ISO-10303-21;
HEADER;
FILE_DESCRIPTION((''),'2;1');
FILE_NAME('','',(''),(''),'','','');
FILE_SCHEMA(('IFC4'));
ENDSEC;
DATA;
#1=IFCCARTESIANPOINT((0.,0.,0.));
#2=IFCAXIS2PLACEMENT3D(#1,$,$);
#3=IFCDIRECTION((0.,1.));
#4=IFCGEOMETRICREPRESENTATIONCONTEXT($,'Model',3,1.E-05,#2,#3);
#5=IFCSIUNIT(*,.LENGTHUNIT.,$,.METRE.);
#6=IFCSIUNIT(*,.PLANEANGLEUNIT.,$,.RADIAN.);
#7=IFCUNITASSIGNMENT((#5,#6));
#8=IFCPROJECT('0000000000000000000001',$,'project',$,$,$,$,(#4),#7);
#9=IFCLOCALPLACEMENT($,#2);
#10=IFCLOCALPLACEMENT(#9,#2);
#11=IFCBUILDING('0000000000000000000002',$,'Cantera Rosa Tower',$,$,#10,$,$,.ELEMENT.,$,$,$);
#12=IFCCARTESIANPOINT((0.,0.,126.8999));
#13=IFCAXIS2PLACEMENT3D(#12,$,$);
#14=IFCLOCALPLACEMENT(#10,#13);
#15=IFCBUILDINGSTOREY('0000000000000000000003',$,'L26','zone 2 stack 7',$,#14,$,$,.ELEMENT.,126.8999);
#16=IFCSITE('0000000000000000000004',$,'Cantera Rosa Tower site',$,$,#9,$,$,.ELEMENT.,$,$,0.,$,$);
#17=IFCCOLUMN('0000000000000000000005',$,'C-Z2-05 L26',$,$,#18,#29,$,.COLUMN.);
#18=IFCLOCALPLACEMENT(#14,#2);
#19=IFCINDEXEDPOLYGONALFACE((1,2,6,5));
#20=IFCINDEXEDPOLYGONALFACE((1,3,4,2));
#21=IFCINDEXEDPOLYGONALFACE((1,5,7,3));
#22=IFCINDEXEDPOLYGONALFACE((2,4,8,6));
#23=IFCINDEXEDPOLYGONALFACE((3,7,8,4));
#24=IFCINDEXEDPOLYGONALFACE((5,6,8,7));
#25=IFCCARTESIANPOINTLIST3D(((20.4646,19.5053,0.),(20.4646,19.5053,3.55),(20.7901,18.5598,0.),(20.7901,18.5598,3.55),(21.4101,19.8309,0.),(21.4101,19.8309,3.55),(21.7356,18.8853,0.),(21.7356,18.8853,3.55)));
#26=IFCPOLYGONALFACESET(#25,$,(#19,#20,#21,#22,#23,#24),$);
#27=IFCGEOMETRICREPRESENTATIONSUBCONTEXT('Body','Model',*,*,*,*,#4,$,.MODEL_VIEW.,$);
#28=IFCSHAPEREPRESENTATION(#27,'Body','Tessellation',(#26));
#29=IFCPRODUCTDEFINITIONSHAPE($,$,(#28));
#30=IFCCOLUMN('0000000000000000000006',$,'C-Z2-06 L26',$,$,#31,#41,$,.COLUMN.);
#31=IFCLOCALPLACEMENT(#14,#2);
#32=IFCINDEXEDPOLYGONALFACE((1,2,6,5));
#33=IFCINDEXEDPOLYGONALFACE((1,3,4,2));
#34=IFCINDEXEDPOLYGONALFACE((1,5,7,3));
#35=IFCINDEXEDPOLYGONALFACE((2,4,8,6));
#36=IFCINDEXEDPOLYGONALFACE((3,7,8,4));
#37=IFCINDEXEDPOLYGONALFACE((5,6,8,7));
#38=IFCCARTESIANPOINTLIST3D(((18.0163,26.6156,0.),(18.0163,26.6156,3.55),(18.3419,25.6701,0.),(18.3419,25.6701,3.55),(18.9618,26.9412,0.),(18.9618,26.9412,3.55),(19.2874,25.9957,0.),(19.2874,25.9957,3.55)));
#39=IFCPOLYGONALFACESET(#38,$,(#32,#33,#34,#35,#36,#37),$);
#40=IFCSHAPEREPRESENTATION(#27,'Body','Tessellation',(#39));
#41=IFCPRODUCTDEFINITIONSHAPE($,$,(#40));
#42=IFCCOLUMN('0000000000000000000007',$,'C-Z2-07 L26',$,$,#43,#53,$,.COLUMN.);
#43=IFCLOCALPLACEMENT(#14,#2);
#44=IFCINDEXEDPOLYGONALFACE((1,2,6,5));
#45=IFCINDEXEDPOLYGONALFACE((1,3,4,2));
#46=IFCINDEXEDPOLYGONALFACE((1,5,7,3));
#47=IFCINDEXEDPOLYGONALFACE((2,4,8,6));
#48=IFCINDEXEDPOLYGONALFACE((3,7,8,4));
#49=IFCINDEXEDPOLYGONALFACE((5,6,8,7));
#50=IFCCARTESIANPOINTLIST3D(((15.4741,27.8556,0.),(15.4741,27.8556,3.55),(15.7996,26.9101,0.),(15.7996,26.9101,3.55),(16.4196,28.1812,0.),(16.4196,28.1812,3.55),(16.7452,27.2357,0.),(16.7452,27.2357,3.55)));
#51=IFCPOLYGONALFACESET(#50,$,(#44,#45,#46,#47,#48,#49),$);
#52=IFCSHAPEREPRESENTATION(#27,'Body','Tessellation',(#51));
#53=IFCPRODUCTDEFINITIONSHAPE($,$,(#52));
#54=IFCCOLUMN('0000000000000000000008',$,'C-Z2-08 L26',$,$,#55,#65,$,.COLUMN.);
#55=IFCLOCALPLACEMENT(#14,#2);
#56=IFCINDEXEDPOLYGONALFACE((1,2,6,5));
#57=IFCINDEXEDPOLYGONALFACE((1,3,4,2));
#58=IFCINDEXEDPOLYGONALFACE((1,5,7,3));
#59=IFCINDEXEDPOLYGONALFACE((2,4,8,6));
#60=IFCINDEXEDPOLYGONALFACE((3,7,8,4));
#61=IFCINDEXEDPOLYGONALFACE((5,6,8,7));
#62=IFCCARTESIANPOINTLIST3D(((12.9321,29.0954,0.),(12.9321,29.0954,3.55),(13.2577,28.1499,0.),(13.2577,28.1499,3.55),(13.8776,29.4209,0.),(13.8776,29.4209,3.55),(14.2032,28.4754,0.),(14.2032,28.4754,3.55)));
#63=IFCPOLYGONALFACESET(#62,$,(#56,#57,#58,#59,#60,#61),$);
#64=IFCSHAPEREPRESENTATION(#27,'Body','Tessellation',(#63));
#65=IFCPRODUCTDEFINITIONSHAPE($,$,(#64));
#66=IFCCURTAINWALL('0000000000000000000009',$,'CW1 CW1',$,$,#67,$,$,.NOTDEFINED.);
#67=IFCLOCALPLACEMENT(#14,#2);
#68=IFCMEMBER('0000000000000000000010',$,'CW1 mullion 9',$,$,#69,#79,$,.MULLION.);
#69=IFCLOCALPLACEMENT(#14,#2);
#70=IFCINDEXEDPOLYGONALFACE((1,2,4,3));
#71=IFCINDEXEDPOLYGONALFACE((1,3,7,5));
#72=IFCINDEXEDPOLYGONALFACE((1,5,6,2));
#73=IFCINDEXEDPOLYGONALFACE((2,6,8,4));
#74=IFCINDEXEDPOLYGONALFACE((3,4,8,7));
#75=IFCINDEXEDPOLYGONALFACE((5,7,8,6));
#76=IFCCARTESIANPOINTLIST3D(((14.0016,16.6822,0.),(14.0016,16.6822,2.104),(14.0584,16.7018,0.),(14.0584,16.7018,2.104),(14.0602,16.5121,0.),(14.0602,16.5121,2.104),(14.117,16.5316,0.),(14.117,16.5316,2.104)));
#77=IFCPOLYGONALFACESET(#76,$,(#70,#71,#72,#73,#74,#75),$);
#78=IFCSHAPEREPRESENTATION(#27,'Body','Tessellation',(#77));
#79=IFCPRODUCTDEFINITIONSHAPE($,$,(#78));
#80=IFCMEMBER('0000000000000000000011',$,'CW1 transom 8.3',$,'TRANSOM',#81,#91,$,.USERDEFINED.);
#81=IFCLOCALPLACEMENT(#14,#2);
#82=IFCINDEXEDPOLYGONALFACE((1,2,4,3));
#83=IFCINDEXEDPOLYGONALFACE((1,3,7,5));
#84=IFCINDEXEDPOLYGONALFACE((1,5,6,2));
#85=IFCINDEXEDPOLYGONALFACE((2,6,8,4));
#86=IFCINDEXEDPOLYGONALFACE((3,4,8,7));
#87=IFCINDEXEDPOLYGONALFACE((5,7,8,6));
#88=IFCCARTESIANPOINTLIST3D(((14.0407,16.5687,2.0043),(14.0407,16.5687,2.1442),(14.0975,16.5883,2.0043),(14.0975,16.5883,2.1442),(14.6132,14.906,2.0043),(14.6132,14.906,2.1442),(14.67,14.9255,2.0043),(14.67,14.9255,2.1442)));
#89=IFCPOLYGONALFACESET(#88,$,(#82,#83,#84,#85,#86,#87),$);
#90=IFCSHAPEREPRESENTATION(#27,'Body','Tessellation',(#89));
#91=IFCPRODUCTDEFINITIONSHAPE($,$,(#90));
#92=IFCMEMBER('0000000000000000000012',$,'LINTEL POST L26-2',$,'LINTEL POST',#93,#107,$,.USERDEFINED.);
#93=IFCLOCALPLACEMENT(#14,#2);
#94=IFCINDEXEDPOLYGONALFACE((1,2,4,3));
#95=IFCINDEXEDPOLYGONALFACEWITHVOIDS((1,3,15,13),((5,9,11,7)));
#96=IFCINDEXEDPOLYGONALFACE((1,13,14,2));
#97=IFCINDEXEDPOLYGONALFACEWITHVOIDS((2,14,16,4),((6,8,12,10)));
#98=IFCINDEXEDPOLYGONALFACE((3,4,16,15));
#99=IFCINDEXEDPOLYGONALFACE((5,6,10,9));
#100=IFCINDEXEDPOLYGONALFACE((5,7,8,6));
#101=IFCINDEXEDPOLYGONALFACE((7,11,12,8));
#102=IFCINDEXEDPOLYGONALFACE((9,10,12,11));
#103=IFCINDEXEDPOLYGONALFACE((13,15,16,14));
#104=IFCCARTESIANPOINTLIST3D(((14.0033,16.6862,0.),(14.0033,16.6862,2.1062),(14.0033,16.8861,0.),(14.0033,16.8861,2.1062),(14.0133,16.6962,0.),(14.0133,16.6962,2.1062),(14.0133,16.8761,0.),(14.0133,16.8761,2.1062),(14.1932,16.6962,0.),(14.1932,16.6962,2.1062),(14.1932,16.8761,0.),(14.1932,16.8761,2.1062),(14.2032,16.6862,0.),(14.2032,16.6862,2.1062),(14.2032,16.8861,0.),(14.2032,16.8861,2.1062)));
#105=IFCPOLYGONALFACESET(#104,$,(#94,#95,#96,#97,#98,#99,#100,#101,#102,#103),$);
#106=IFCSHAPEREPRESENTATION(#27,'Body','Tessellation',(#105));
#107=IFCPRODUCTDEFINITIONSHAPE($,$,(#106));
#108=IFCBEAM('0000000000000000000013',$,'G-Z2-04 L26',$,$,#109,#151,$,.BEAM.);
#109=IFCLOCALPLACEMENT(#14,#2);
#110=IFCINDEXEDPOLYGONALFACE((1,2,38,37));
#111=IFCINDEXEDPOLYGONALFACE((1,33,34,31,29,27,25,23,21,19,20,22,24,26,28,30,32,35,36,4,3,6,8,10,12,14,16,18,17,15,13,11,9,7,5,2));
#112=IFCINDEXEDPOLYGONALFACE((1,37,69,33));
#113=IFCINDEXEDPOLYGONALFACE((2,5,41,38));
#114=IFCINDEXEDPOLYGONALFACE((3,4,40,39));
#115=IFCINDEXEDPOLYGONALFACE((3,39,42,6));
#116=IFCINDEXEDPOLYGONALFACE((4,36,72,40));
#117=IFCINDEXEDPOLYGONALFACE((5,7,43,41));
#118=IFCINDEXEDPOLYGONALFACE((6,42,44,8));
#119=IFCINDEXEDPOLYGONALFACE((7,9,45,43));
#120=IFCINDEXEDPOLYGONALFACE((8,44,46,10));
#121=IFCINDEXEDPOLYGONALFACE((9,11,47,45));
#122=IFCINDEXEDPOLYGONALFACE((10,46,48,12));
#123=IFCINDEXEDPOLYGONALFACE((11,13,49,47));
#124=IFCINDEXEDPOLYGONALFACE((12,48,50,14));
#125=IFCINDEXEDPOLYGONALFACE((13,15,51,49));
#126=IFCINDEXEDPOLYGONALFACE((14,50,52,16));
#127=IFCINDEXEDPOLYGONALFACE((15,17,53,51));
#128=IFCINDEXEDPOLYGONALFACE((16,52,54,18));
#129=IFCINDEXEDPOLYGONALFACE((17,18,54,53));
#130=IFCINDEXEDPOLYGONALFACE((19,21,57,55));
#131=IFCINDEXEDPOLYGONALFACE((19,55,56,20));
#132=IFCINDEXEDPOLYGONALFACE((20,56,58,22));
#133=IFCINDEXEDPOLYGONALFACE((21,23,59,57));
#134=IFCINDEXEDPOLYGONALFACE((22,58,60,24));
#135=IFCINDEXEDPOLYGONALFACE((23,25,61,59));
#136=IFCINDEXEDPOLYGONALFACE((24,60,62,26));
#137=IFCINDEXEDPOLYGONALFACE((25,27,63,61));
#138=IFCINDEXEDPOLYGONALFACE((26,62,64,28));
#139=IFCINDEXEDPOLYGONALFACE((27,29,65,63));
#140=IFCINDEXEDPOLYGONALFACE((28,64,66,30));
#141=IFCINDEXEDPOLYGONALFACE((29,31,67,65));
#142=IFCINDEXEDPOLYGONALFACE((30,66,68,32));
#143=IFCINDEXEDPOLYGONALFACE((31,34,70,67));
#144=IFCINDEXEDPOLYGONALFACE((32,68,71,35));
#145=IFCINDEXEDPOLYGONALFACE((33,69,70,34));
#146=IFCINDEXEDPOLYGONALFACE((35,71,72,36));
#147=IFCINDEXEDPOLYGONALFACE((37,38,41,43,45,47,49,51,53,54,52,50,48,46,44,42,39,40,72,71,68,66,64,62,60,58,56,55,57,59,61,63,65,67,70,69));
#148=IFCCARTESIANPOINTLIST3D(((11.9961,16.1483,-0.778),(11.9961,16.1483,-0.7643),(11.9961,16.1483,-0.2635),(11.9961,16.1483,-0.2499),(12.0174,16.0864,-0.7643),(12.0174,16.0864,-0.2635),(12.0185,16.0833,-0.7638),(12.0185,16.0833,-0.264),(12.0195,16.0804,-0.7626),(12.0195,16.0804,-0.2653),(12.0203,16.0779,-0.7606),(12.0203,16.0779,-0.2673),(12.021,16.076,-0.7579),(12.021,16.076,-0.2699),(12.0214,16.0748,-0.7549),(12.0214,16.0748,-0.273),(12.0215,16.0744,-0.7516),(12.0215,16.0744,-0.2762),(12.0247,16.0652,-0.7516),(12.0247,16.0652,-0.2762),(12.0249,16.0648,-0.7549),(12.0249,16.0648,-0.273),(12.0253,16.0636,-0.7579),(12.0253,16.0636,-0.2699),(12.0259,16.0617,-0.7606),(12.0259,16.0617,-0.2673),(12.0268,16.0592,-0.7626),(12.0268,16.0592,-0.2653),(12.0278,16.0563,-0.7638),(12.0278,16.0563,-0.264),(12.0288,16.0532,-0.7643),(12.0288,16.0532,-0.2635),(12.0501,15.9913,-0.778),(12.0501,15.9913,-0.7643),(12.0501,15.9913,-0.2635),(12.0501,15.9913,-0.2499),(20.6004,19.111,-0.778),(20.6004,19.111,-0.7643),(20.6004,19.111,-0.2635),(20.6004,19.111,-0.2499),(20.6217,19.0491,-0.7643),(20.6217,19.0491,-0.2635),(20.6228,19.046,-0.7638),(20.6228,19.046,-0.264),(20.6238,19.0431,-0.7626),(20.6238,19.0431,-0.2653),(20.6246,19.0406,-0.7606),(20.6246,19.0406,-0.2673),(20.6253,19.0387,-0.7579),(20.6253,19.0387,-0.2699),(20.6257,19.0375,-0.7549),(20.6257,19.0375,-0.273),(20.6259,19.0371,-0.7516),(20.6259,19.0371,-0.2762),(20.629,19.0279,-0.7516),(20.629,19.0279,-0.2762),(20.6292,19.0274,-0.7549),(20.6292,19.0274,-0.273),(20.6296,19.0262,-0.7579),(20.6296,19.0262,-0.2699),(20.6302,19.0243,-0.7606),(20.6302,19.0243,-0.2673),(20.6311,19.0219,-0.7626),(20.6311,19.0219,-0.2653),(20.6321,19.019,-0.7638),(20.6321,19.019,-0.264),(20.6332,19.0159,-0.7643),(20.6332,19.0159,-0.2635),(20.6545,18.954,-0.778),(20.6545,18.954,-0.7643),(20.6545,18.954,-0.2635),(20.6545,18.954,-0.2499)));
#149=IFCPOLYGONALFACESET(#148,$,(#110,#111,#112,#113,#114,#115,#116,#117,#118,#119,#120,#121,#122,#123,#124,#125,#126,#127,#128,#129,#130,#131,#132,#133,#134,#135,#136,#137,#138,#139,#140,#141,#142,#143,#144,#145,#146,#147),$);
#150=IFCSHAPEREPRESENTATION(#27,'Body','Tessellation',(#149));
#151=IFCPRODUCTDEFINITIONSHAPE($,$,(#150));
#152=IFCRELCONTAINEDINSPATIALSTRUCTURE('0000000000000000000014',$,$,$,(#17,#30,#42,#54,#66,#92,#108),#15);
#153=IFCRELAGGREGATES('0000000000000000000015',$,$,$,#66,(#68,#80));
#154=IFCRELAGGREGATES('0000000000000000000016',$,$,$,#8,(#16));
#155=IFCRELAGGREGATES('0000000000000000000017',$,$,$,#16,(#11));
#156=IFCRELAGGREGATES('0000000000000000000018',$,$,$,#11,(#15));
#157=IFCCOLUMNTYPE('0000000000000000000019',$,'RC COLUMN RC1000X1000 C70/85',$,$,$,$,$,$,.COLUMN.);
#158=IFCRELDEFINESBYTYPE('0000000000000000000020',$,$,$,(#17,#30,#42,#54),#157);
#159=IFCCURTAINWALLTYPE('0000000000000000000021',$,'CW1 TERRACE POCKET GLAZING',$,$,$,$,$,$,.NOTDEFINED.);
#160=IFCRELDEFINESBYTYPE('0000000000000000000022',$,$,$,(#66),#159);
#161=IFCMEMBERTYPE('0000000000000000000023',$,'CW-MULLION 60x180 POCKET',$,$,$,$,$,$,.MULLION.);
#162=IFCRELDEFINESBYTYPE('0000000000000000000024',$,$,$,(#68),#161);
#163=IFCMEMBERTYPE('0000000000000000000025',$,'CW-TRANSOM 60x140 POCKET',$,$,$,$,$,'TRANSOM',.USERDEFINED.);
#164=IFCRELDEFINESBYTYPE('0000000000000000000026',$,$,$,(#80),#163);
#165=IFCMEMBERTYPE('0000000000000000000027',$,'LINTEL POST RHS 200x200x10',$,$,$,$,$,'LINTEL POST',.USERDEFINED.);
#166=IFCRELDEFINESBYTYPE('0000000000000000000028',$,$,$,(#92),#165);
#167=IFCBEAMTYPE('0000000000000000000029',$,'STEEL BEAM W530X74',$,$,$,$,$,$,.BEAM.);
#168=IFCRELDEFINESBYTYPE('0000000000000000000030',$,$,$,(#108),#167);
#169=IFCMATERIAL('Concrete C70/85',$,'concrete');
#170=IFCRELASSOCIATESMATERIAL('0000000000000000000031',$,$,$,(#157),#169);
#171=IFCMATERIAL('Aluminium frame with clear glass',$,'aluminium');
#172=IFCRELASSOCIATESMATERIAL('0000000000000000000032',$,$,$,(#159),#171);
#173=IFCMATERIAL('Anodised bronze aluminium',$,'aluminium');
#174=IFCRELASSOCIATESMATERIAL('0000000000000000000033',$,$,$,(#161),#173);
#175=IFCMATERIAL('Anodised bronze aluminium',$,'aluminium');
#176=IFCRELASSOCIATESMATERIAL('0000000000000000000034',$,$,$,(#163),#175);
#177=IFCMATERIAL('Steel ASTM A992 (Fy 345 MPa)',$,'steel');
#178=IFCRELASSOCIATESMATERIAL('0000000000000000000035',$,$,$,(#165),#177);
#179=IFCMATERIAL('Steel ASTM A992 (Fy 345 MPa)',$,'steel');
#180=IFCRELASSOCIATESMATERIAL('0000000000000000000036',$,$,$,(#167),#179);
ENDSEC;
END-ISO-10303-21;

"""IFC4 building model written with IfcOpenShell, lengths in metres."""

from ifc_helpers import new_model, si_unit, direction, frame, origin, origin_2d, place, context, subcontext, project, spatial, rectangle, hollow_rectangle, i_section, extrude, material, material_profile, profile_set, type_object, element, aggregate, save


model = new_model("IFC4")

# Units and contexts
model_context = context("Model", 3, precision=1e-05, world=origin(), true_north=direction((0.0, 1.0)))
body_context = subcontext(model_context, "Body", "Model", "MODEL_VIEW")
ifc_project = project(units=[si_unit("LENGTHUNIT", "METRE"), si_unit("PLANEANGLEUNIT", "RADIAN")], contexts=[model_context])

# Site, building, storey
site_placement = place(None, origin())
site = spatial("IfcSite", under=ifc_project, at=site_placement, Name="Cantera Rosa Tower site", CompositionType="ELEMENT", RefElevation=0.0)
building_placement = place(site_placement, origin())
building = spatial("IfcBuilding", under=site, at=building_placement, Name="Cantera Rosa Tower", CompositionType="ELEMENT")
storey_placement = place(building_placement, frame((0.0, 0.0, 126.8999)))
storey = spatial("IfcBuildingStorey", under=building, at=storey_placement, Name="L26", Description="zone 2 stack 7", CompositionType="ELEMENT", Elevation=126.8999)

# Columns
ifc_material_1 = material(Name="Concrete C70/85", Category="concrete")
ifc_material_profile_1 = material_profile(ifc_material_1, rectangle(XDim=1.0, YDim=1.0, at=origin_2d()), Name="RC COLUMN RC1000X1000 C70/85")
ifc_profile_set_1 = profile_set([ifc_material_profile_1], Name="Concrete C70/85")
column_type = type_object("IfcColumnType", Name="RC COLUMN RC1000X1000 C70/85", PredefinedType="COLUMN", material=ifc_profile_set_1)
for number, where, z_axis, x_axis, name in (
    (1, (21.1001, 19.1953, 0.0), (0.0, 0.0, 1.0), (0.945519, 0.325568, 0.0), "C-Z2-05 L26"),
    (2, (18.6519, 26.3057, 0.0), (0.0, 0.0, 1.0), (0.945519, 0.325568, 0.0), "C-Z2-06 L26"),
    (3, (16.1096, 27.5457, 0.0), (0.0, 0.0, 1.0), (0.945519, 0.325568, 0.0), "C-Z2-07 L26"),
    (4, (13.5676, 28.7854, 0.0), (0.0, 0.0, 1.0), (0.945519, 0.325568, 0.0), "C-Z2-08 L26"),
):
    element("IfcColumn", number, at=place(storey_placement, frame(where, z_axis=z_axis, x_axis=x_axis)), inside=storey, type_object=column_type, Name=name, PredefinedType="COLUMN", context=body_context, shape_type="SweptSolid", body=[
        extrude(rectangle(XDim=1.0, YDim=1.0, at=origin_2d()), origin(), (0.0, 0.0, 1.0), 3.55),
    ])

# Curtain wall, members
ifc_material_2 = material(Name="Aluminium frame with clear glass", Category="aluminium")
curtain_wall_type = type_object("IfcCurtainWallType", Name="CW1 TERRACE POCKET GLAZING", PredefinedType="NOTDEFINED", material=ifc_material_2)
curtain_wall_placement = place(storey_placement, origin())
curtain_wall = element("IfcCurtainWall", 5, at=curtain_wall_placement, inside=storey, type_object=curtain_wall_type, Name="CW1 CW1", PredefinedType="NOTDEFINED")
ifc_material_3 = material(Name="Anodised bronze aluminium", Category="aluminium")
ifc_material_profile_2 = material_profile(ifc_material_3, rectangle(XDim=0.0601, YDim=0.1799, at=origin_2d()), Name="CW-MULLION 60x180 POCKET")
ifc_profile_set_2 = profile_set([ifc_material_profile_2], Name="Anodised bronze aluminium")
member_type_1 = type_object("IfcMemberType", Name="CW-MULLION 60x180 POCKET", PredefinedType="MULLION", material=ifc_profile_set_2)
member_1_placement = place(storey_placement, frame((14.0593, 16.6069, 0.0), z_axis=(0.0, 0.0, 1.0), x_axis=(-0.945519, -0.325568, 0.0)))
member_1 = element("IfcMember", 6, at=member_1_placement, type_object=member_type_1, Name="CW1 mullion 9", PredefinedType="MULLION", context=body_context, shape_type="SweptSolid", body=[
    extrude(rectangle(XDim=0.0601, YDim=0.1799, at=origin_2d()), origin(), (0.0, 0.0, 1.0), 2.104),
])
ifc_material_4 = material(Name="Anodised bronze aluminium", Category="aluminium")
ifc_material_profile_3 = material_profile(ifc_material_4, rectangle(XDim=0.0601, YDim=0.1399, at=origin_2d()), Name="CW-TRANSOM 60x140 POCKET")
ifc_profile_set_3 = profile_set([ifc_material_profile_3], Name="Anodised bronze aluminium")
member_type_2 = type_object("IfcMemberType", Name="CW-TRANSOM 60x140 POCKET", ElementType="TRANSOM", PredefinedType="USERDEFINED", material=ifc_profile_set_3)
member_2_placement = place(storey_placement, frame((14.6416, 14.9158, 2.0742), z_axis=(-0.325541, 0.945528, 0.0), x_axis=(-0.945528, -0.325541, 0.0)))
member_2 = element("IfcMember", 7, at=member_2_placement, type_object=member_type_2, Name="CW1 transom 8.3", ObjectType="TRANSOM", PredefinedType="USERDEFINED", context=body_context, shape_type="SweptSolid", body=[
    extrude(rectangle(XDim=0.0601, YDim=0.1399, at=origin_2d()), origin(), (0.0, 0.0, 1.0), 1.7585),
])

# Member
ifc_material_5 = material(Name="Steel ASTM A992 (Fy 345 MPa)", Category="steel")
ifc_material_profile_4 = material_profile(ifc_material_5, hollow_rectangle(XDim=0.2, YDim=0.2, WallThickness=0.01, at=origin_2d()), Name="LINTEL POST RHS 200x200x10")
ifc_profile_set_4 = profile_set([ifc_material_profile_4], Name="Steel ASTM A992 (Fy 345 MPa)")
member_type_3 = type_object("IfcMemberType", Name="LINTEL POST RHS 200x200x10", ElementType="LINTEL POST", PredefinedType="USERDEFINED", material=ifc_profile_set_4)
member_3_placement = place(storey_placement, frame((14.1033, 16.7861, 0.0), z_axis=(0.0, 0.0, 1.0), x_axis=(1.0, 0.0, 0.0)))
element("IfcMember", 8, at=member_3_placement, inside=storey, type_object=member_type_3, Name="LINTEL POST L26-2", ObjectType="LINTEL POST", PredefinedType="USERDEFINED", context=body_context, shape_type="SweptSolid", body=[
    extrude(hollow_rectangle(XDim=0.2, YDim=0.2, WallThickness=0.01, at=origin_2d()), origin(), (0.0, 0.0, 1.0), 2.1062),
])

# Beam
ifc_material_6 = material(Name="Steel ASTM A992 (Fy 345 MPa)", Category="steel")
ifc_material_profile_5 = material_profile(ifc_material_6, i_section(OverallWidth=0.166, OverallDepth=0.5281, WebThickness=0.0098, FlangeThickness=0.0137, FilletRadius=0.0127, at=origin_2d()), Name="W530X74")
ifc_profile_set_5 = profile_set([ifc_material_profile_5], Name="Steel ASTM A992 (Fy 345 MPa)")
beam_type_1 = type_object("IfcBeamType", Name="STEEL BEAM W530X74", PredefinedType="BEAM", material=ifc_profile_set_5)
beam_1_placement = place(storey_placement, frame((20.6274, 19.0325, -0.5139), z_axis=(-0.94552, -0.325565, 0.0), x_axis=(0.325565, -0.94552, 0.0)))
element("IfcBeam", 9, at=beam_1_placement, inside=storey, type_object=beam_type_1, Name="G-Z2-04 L26", PredefinedType="BEAM", context=body_context, shape_type="SweptSolid", body=[
    extrude(i_section(OverallWidth=0.166, OverallDepth=0.5281, WebThickness=0.0098, FlangeThickness=0.0137, FilletRadius=0.0127, at=origin_2d()), origin(), (0.0, 0.0, 1.0), 9.1001),
])

aggregate(curtain_wall, [member_1, member_2])

save(model, "model.ifc")
